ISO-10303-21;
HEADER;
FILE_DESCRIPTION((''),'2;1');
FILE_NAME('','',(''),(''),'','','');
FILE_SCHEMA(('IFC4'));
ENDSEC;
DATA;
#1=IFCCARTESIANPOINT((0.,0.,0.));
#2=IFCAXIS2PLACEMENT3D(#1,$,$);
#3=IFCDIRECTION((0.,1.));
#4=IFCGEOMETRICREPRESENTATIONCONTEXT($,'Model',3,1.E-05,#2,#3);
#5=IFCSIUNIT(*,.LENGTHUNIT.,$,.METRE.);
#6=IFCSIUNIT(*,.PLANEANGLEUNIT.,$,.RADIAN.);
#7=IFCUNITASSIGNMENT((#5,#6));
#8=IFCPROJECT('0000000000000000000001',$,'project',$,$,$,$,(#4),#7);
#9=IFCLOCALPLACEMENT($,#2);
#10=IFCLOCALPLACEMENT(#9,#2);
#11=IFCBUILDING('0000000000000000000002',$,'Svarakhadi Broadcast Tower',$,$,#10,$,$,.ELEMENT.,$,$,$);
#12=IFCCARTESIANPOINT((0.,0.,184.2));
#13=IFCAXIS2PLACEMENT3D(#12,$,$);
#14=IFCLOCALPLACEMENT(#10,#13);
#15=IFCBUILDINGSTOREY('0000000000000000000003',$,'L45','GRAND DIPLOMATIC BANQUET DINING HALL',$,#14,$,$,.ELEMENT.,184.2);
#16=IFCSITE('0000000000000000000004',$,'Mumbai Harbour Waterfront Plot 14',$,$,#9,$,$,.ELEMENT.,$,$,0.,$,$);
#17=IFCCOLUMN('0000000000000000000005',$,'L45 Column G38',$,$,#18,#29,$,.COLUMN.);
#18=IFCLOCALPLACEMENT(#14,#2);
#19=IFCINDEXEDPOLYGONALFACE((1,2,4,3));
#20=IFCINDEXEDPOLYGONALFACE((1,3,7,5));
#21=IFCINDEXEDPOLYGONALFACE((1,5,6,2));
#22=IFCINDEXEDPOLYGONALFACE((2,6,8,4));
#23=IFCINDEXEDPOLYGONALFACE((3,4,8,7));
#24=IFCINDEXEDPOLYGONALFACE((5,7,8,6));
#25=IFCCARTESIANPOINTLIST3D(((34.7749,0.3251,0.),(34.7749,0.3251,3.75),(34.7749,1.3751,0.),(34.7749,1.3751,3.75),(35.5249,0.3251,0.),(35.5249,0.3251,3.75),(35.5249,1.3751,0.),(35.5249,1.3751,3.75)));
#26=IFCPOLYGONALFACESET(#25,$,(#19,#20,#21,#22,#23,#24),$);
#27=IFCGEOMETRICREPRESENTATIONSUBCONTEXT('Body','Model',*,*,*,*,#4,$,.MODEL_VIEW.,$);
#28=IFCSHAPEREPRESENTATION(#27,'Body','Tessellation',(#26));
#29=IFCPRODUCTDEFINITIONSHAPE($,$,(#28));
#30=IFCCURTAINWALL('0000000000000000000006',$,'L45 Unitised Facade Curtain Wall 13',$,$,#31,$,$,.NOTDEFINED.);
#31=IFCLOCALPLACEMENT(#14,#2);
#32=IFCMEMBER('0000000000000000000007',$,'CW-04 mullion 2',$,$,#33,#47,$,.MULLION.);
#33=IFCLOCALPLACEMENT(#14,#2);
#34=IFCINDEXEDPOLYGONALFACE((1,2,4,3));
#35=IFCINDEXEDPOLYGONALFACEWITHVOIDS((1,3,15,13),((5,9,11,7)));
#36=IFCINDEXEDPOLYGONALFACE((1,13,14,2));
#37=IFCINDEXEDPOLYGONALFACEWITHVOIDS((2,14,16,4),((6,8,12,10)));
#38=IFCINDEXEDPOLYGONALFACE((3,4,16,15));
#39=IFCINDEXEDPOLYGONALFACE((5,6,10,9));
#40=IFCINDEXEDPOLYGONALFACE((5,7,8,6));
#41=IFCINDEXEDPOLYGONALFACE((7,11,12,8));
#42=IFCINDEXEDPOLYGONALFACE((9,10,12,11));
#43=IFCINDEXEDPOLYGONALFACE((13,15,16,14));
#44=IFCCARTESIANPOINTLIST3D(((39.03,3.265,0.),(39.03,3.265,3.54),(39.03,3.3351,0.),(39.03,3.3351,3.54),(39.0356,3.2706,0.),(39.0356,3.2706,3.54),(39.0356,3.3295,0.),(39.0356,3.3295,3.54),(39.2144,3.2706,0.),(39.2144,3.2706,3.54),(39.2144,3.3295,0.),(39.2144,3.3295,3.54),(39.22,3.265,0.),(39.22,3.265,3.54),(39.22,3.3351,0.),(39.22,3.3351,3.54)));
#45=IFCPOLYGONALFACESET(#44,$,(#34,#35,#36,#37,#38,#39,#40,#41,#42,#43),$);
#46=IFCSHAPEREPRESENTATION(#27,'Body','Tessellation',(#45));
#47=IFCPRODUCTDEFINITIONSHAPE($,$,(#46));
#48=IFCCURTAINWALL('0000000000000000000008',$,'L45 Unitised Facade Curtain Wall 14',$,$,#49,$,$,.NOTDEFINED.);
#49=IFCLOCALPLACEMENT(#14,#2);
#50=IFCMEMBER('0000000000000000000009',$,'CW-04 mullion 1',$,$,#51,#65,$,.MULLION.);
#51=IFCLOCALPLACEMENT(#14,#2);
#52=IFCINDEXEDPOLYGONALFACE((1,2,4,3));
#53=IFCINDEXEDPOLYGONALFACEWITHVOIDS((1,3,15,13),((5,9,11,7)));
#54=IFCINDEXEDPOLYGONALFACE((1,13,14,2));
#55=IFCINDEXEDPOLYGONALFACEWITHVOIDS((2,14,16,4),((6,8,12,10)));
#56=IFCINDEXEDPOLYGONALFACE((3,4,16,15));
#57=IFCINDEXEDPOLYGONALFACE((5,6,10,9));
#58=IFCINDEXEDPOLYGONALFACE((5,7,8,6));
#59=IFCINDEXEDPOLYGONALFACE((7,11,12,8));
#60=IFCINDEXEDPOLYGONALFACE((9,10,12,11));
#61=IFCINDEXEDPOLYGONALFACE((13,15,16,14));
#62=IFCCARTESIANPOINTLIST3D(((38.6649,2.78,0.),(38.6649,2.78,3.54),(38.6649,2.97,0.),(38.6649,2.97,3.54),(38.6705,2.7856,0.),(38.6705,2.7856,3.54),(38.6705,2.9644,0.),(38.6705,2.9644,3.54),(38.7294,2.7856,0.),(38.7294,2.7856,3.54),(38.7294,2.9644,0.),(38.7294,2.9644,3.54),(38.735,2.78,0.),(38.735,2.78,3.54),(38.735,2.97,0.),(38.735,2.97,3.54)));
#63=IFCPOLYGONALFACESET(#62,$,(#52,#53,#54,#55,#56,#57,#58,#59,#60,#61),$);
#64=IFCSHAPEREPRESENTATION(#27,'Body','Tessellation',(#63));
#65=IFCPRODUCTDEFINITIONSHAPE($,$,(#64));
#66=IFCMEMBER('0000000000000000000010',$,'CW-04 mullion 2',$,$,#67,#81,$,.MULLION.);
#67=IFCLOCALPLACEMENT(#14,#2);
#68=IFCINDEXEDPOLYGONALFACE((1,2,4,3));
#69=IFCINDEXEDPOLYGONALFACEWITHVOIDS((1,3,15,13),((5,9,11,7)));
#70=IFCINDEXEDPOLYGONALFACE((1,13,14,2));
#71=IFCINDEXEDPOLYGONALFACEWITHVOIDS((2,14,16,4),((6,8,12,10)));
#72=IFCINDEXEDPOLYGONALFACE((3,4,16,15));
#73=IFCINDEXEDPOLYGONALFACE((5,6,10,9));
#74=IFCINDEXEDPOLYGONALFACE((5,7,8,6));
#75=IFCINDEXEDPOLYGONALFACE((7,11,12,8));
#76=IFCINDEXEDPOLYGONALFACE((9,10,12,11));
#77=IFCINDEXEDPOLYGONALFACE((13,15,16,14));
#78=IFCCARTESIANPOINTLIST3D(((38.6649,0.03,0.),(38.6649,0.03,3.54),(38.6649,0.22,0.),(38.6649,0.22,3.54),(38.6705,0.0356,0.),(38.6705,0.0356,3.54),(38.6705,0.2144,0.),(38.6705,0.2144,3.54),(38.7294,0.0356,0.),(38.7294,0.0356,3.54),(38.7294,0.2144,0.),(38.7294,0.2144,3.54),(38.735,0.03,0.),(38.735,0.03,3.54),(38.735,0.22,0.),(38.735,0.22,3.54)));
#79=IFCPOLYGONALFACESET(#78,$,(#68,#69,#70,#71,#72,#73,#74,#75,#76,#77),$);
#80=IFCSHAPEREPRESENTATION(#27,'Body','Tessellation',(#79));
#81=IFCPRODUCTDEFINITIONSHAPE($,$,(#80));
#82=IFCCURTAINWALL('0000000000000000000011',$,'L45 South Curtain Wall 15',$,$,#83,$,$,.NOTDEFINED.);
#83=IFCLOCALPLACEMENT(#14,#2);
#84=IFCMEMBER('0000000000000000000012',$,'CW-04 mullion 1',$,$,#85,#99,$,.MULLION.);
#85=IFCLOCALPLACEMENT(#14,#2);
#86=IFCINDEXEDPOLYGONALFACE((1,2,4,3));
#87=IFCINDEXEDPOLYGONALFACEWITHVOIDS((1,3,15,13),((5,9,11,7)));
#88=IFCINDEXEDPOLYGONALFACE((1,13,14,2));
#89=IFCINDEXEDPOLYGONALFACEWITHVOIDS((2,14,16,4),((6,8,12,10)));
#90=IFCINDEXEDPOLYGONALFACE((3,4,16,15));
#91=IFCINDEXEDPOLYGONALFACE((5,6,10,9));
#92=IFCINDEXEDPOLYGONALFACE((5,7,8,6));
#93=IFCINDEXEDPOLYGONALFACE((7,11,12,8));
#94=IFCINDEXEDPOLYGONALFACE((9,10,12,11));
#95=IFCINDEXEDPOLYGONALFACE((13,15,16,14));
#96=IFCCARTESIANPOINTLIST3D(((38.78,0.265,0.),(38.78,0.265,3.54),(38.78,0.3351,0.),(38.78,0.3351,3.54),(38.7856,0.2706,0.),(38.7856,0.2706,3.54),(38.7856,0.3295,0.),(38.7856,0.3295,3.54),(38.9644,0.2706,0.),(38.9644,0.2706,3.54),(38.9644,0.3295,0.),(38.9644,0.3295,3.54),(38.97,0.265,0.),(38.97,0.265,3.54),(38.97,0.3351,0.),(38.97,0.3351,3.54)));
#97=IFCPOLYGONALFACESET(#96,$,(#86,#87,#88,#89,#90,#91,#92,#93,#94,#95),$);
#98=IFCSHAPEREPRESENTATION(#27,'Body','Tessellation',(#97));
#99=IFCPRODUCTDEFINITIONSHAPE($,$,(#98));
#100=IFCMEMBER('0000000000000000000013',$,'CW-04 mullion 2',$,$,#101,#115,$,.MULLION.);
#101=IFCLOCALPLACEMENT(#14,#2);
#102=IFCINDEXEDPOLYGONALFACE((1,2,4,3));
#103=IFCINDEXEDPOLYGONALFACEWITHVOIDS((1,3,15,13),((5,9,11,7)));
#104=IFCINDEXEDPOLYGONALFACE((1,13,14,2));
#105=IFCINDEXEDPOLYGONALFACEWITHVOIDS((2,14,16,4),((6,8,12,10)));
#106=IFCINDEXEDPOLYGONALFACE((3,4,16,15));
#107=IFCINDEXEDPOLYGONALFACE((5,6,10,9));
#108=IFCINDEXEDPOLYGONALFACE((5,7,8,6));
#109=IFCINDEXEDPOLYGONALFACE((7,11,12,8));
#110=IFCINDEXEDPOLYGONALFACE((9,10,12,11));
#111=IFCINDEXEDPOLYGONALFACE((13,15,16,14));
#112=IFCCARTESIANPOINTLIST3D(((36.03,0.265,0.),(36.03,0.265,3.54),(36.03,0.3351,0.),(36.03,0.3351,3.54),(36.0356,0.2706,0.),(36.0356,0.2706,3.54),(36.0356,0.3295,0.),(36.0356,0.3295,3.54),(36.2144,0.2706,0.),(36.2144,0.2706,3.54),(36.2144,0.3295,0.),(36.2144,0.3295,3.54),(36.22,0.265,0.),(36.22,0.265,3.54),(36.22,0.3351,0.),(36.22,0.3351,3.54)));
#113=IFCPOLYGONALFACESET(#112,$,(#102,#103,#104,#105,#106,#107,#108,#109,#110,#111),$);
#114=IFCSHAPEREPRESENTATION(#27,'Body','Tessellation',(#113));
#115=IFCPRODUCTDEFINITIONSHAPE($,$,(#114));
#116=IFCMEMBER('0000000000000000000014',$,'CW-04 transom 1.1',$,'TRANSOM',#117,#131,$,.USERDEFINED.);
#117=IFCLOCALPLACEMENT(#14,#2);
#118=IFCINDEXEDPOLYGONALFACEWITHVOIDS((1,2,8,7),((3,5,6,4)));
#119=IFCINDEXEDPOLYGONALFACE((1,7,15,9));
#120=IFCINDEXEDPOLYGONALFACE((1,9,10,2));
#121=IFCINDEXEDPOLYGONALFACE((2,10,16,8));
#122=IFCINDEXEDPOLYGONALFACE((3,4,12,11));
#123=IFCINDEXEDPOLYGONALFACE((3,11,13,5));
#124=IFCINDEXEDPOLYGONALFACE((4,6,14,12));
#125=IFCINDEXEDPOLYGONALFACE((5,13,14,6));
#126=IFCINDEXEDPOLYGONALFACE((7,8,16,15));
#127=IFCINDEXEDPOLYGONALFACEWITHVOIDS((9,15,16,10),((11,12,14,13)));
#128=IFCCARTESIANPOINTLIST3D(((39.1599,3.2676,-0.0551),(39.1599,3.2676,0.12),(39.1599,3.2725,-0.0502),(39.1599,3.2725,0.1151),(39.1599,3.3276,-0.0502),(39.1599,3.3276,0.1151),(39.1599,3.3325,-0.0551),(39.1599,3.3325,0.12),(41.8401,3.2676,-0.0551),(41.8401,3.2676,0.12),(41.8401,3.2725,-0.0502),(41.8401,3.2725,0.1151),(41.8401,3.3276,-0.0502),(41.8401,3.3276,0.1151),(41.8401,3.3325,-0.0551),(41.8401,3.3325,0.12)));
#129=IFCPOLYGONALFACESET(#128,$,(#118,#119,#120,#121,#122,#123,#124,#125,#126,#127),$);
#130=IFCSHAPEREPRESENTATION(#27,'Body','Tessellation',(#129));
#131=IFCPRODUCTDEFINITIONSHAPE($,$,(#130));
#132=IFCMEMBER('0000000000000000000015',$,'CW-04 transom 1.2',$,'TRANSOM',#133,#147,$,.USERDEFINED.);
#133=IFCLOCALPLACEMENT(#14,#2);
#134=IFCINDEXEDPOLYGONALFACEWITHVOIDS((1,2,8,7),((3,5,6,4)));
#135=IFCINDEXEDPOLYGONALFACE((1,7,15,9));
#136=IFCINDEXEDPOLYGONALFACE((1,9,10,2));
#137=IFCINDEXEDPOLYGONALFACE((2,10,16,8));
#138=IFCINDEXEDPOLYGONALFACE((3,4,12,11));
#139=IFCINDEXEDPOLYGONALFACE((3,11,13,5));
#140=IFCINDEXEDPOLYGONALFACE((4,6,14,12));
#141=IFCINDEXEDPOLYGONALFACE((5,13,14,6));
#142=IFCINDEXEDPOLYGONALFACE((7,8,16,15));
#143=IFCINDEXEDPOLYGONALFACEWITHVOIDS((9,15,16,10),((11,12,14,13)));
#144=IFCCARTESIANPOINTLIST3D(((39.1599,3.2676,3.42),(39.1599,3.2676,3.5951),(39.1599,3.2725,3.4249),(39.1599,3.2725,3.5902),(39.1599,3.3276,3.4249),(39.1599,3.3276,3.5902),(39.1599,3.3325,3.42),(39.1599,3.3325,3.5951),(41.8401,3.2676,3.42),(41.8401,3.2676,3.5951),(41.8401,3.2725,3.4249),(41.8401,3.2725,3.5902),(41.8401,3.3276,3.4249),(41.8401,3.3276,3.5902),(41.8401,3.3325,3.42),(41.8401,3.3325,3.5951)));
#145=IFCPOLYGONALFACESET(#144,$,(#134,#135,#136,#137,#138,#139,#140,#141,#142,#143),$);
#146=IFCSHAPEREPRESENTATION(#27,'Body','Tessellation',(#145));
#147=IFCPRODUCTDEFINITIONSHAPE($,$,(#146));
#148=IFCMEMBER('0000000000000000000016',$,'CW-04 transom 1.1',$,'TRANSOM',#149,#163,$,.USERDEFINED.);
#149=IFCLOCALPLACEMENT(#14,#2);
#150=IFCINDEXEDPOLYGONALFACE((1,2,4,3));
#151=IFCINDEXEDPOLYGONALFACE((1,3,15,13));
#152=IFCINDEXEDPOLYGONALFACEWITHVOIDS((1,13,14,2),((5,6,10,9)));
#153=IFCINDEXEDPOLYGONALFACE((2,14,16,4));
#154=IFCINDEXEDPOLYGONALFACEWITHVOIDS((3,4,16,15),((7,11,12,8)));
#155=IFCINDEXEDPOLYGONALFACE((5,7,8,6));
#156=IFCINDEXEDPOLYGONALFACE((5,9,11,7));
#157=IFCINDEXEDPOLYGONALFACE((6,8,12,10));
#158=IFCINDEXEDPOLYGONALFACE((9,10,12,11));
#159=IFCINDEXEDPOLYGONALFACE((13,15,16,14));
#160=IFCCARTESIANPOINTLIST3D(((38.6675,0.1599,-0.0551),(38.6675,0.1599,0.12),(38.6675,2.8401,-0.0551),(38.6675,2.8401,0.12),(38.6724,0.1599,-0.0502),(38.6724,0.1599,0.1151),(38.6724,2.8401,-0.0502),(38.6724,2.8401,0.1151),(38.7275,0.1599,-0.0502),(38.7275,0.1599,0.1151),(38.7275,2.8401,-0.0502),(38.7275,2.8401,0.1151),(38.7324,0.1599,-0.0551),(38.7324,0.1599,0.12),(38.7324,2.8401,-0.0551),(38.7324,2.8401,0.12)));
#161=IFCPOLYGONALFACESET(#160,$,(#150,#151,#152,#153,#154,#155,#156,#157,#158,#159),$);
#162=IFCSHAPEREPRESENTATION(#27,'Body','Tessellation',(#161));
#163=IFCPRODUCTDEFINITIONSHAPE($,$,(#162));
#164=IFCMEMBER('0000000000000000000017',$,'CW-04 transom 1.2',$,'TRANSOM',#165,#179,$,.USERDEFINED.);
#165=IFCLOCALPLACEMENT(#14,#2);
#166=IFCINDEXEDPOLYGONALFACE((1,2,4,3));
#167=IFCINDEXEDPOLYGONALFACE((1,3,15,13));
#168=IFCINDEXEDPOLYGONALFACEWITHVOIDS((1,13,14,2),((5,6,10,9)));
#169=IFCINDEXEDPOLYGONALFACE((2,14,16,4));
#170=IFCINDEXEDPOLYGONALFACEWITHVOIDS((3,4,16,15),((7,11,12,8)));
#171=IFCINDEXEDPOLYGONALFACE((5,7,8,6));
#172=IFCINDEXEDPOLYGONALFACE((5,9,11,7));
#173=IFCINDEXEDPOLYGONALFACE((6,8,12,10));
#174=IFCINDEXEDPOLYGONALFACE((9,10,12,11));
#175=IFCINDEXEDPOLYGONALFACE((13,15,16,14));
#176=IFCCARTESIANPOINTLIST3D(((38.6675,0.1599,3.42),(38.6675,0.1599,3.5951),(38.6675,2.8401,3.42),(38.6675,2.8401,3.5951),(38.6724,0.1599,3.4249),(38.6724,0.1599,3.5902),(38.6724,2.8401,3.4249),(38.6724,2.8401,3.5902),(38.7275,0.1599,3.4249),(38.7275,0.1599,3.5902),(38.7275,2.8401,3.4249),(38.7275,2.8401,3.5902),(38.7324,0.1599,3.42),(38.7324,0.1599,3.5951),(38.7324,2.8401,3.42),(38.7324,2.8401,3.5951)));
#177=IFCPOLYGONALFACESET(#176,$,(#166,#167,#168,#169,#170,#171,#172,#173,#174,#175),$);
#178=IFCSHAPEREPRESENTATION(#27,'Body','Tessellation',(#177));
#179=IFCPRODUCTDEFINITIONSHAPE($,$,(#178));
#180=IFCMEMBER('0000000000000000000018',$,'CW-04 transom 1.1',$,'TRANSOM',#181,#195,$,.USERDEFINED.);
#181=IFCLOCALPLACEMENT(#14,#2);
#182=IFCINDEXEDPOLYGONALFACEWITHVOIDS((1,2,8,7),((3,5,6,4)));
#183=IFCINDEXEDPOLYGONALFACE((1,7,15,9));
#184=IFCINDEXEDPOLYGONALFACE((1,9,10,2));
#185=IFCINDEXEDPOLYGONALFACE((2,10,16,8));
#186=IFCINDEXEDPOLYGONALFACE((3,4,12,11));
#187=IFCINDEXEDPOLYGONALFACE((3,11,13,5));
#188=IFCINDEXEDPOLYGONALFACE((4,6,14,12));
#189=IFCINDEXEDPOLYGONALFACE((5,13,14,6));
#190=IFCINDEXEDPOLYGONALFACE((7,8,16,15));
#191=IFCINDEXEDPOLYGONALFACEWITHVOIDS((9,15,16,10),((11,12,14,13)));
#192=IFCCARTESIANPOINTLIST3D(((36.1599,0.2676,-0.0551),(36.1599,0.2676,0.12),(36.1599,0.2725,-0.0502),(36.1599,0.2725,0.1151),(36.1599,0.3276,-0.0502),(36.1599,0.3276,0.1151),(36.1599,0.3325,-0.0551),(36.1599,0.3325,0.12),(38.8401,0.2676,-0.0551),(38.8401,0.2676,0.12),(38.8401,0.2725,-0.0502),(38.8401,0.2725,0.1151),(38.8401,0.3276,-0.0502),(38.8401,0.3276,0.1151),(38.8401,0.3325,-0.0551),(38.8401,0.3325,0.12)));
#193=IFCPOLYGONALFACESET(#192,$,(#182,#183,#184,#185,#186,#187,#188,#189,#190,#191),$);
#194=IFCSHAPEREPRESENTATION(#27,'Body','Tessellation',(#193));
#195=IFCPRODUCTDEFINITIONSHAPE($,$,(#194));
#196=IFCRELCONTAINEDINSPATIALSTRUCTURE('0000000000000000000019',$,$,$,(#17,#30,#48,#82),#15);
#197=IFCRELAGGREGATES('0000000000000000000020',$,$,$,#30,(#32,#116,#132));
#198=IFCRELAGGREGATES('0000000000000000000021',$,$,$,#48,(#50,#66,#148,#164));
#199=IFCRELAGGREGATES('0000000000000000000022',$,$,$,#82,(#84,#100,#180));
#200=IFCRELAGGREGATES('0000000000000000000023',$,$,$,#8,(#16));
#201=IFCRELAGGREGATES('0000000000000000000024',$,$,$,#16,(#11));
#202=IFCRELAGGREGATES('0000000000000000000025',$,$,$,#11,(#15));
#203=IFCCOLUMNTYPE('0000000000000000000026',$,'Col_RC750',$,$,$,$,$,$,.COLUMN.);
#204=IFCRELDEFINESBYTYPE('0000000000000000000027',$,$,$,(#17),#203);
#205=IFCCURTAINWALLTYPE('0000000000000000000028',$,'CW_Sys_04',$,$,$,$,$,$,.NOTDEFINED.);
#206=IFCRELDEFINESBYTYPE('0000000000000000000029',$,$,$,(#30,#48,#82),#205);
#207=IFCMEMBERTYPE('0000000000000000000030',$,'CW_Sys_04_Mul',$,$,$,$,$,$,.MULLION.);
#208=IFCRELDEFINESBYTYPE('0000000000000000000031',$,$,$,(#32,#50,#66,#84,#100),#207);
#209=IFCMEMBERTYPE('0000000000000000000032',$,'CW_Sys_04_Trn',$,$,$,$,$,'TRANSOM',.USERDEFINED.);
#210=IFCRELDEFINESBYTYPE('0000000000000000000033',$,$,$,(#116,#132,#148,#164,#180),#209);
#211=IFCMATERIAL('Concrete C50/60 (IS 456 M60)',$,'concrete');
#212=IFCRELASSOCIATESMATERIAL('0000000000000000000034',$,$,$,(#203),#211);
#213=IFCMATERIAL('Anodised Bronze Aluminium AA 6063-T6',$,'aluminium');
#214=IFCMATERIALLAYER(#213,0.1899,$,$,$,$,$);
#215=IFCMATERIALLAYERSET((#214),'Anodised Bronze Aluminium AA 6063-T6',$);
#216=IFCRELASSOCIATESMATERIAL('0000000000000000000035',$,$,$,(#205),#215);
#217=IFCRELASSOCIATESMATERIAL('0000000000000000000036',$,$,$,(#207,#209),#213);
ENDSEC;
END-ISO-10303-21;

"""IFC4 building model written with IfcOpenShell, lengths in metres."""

from ifc_helpers import new_model, si_unit, direction, frame, origin, origin_2d, place, context, subcontext, project, spatial, rectangle, hollow_rectangle, extrude, material, layer, layer_set, material_profile, profile_set, type_object, element, aggregate, save


model = new_model("IFC4")

# Units and contexts
model_context = context("Model", 3, precision=1e-05, world=origin(), true_north=direction((0.0, 1.0)))
body_context = subcontext(model_context, "Body", "Model", "MODEL_VIEW")
ifc_project = project(units=[si_unit("LENGTHUNIT", "METRE"), si_unit("PLANEANGLEUNIT", "RADIAN")], contexts=[model_context])

# Site, building, storey
site_placement = place(None, origin())
site = spatial("IfcSite", under=ifc_project, at=site_placement, Name="Mumbai Harbour Waterfront Plot 14", CompositionType="ELEMENT", RefElevation=0.0)
building_placement = place(site_placement, origin())
building = spatial("IfcBuilding", under=site, at=building_placement, Name="Svarakhadi Broadcast Tower", CompositionType="ELEMENT")
storey_placement = place(building_placement, frame((0.0, 0.0, 184.2)))
storey = spatial("IfcBuildingStorey", under=building, at=storey_placement, Name="L45", Description="GRAND DIPLOMATIC BANQUET DINING HALL", CompositionType="ELEMENT", Elevation=184.2)

# Column
ifc_material_1 = material(Name="Concrete C50/60 (IS 456 M60)", Category="concrete")
ifc_material_profile_1 = material_profile(ifc_material_1, rectangle(XDim=0.75, YDim=1.05, at=origin_2d()), Name="RC 750x1050")
ifc_profile_set_1 = profile_set([ifc_material_profile_1], Name="Concrete C50/60 (IS 456 M60)")
column_type = type_object("IfcColumnType", Name="Col_RC750", PredefinedType="COLUMN", material=ifc_profile_set_1)
column_placement = place(storey_placement, frame((35.1499, 0.8501, 0.0), z_axis=(0.0, 0.0, 1.0), x_axis=(1.0, 0.0, 0.0)))
element("IfcColumn", 1, at=column_placement, inside=storey, type_object=column_type, Name="L45 Column G38", PredefinedType="COLUMN", context=body_context, shape_type="SweptSolid", body=[
    extrude(rectangle(XDim=0.75, YDim=1.05, at=origin_2d()), origin(), (0.0, 0.0, 1.0), 3.75),
])

# Curtain wall, member
ifc_material_2 = material(Name="Anodised Bronze Aluminium AA 6063-T6", Category="aluminium")
ifc_layer_1 = layer(ifc_material_2, 0.1899)
ifc_layer_set_1 = layer_set([ifc_layer_1], Name="Anodised Bronze Aluminium AA 6063-T6")
curtain_wall_type = type_object("IfcCurtainWallType", Name="CW_Sys_04", PredefinedType="NOTDEFINED", material=ifc_layer_set_1)
curtain_wall_1_placement = place(storey_placement, origin())
curtain_wall_1 = element("IfcCurtainWall", 2, at=curtain_wall_1_placement, inside=storey, type_object=curtain_wall_type, Name="L45 Unitised Facade Curtain Wall 13", PredefinedType="NOTDEFINED")
ifc_material_profile_2 = material_profile(ifc_material_2, hollow_rectangle(XDim=0.0701, YDim=0.1899, WallThickness=0.0056, at=origin_2d()), Name="ALU MULLION 190x70x6")
ifc_profile_set_2 = profile_set([ifc_material_profile_2], Name="Anodised Bronze Aluminium AA 6063-T6")
member_type_1 = type_object("IfcMemberType", Name="CW_Sys_04_Mul", PredefinedType="MULLION", material=ifc_profile_set_2)
member_1_placement = place(storey_placement, frame((39.125, 3.3, 0.0), z_axis=(0.0, 0.0, 1.0), x_axis=(0.0, -1.0, 0.0)))
member_1 = element("IfcMember", 3, at=member_1_placement, type_object=member_type_1, Name="CW-04 mullion 2", PredefinedType="MULLION", context=body_context, shape_type="SweptSolid", body=[
    extrude(hollow_rectangle(XDim=0.0701, YDim=0.1899, WallThickness=0.0056, at=origin_2d()), origin(), (0.0, 0.0, 1.0), 3.54),
])

# Curtain walls, members
curtain_wall_2_placement = place(storey_placement, origin())
curtain_wall_2 = element("IfcCurtainWall", 4, at=curtain_wall_2_placement, inside=storey, type_object=curtain_wall_type, Name="L45 Unitised Facade Curtain Wall 14", PredefinedType="NOTDEFINED")
member_2_placement = place(storey_placement, frame((38.7, 2.875, 0.0), z_axis=(0.0, 0.0, 1.0), x_axis=(1.0, 0.0, 0.0)))
member_2 = element("IfcMember", 5, at=member_2_placement, type_object=member_type_1, Name="CW-04 mullion 1", PredefinedType="MULLION", context=body_context, shape_type="SweptSolid", body=[
    extrude(hollow_rectangle(XDim=0.0701, YDim=0.1899, WallThickness=0.0056, at=origin_2d()), origin(), (0.0, 0.0, 1.0), 3.54),
])
member_3_placement = place(storey_placement, frame((38.7, 0.125, 0.0), z_axis=(0.0, 0.0, 1.0), x_axis=(1.0, 0.0, 0.0)))
member_3 = element("IfcMember", 6, at=member_3_placement, type_object=member_type_1, Name="CW-04 mullion 2", PredefinedType="MULLION", context=body_context, shape_type="SweptSolid", body=[
    extrude(hollow_rectangle(XDim=0.0701, YDim=0.1899, WallThickness=0.0056, at=origin_2d()), origin(), (0.0, 0.0, 1.0), 3.54),
])
curtain_wall_3_placement = place(storey_placement, origin())
curtain_wall_3 = element("IfcCurtainWall", 7, at=curtain_wall_3_placement, inside=storey, type_object=curtain_wall_type, Name="L45 South Curtain Wall 15", PredefinedType="NOTDEFINED")
member_4_placement = place(storey_placement, frame((38.875, 0.3, 0.0), z_axis=(0.0, 0.0, 1.0), x_axis=(0.0, -1.0, 0.0)))
member_4 = element("IfcMember", 8, at=member_4_placement, type_object=member_type_1, Name="CW-04 mullion 1", PredefinedType="MULLION", context=body_context, shape_type="SweptSolid", body=[
    extrude(hollow_rectangle(XDim=0.0701, YDim=0.1899, WallThickness=0.0056, at=origin_2d()), origin(), (0.0, 0.0, 1.0), 3.54),
])
member_5_placement = place(storey_placement, frame((36.125, 0.3, 0.0), z_axis=(0.0, 0.0, 1.0), x_axis=(0.0, -1.0, 0.0)))
member_5 = element("IfcMember", 9, at=member_5_placement, type_object=member_type_1, Name="CW-04 mullion 2", PredefinedType="MULLION", context=body_context, shape_type="SweptSolid", body=[
    extrude(hollow_rectangle(XDim=0.0701, YDim=0.1899, WallThickness=0.0056, at=origin_2d()), origin(), (0.0, 0.0, 1.0), 3.54),
])

# Members
ifc_material_profile_3 = material_profile(ifc_material_2, hollow_rectangle(XDim=0.0649, YDim=0.175, WallThickness=0.0049, at=origin_2d()), Name="ALU TRANSOM 175x65x5")
ifc_profile_set_3 = profile_set([ifc_material_profile_3], Name="Anodised Bronze Aluminium AA 6063-T6")
member_type_2 = type_object("IfcMemberType", Name="CW_Sys_04_Trn", ElementType="TRANSOM", PredefinedType="USERDEFINED", material=ifc_profile_set_3)
member_6_placement = place(storey_placement, frame((41.8401, 3.3, 0.0325), z_axis=(-1.0, 0.0, 0.0), x_axis=(0.0, -1.0, 0.0)))
member_6 = element("IfcMember", 10, at=member_6_placement, type_object=member_type_2, Name="CW-04 transom 1.1", ObjectType="TRANSOM", PredefinedType="USERDEFINED", context=body_context, shape_type="SweptSolid", body=[
    extrude(hollow_rectangle(XDim=0.0649, YDim=0.175, WallThickness=0.0049, at=origin_2d()), origin(), (0.0, 0.0, 1.0), 2.6802),
])
member_7_placement = place(storey_placement, frame((41.8401, 3.3, 3.5076), z_axis=(-1.0, 0.0, 0.0), x_axis=(0.0, -1.0, 0.0)))
member_7 = element("IfcMember", 11, at=member_7_placement, type_object=member_type_2, Name="CW-04 transom 1.2", ObjectType="TRANSOM", PredefinedType="USERDEFINED", context=body_context, shape_type="SweptSolid", body=[
    extrude(hollow_rectangle(XDim=0.0649, YDim=0.175, WallThickness=0.0049, at=origin_2d()), origin(), (0.0, 0.0, 1.0), 2.6802),
])
member_8_placement = place(storey_placement, frame((38.7, 2.8401, 0.0325), z_axis=(0.0, -1.0, 0.0), x_axis=(1.0, 0.0, 0.0)))
member_8 = element("IfcMember", 12, at=member_8_placement, type_object=member_type_2, Name="CW-04 transom 1.1", ObjectType="TRANSOM", PredefinedType="USERDEFINED", context=body_context, shape_type="SweptSolid", body=[
    extrude(hollow_rectangle(XDim=0.0649, YDim=0.175, WallThickness=0.0049, at=origin_2d()), origin(), (0.0, 0.0, 1.0), 2.6802),
])
member_9_placement = place(storey_placement, frame((38.7, 2.8401, 3.5076), z_axis=(0.0, -1.0, 0.0), x_axis=(1.0, 0.0, 0.0)))
member_9 = element("IfcMember", 13, at=member_9_placement, type_object=member_type_2, Name="CW-04 transom 1.2", ObjectType="TRANSOM", PredefinedType="USERDEFINED", context=body_context, shape_type="SweptSolid", body=[
    extrude(hollow_rectangle(XDim=0.0649, YDim=0.175, WallThickness=0.0049, at=origin_2d()), origin(), (0.0, 0.0, 1.0), 2.6802),
])
member_10_placement = place(storey_placement, frame((38.8401, 0.3, 0.0325), z_axis=(-1.0, 0.0, 0.0), x_axis=(0.0, -1.0, 0.0)))
member_10 = element("IfcMember", 14, at=member_10_placement, type_object=member_type_2, Name="CW-04 transom 1.1", ObjectType="TRANSOM", PredefinedType="USERDEFINED", context=body_context, shape_type="SweptSolid", body=[
    extrude(hollow_rectangle(XDim=0.0649, YDim=0.175, WallThickness=0.0049, at=origin_2d()), origin(), (0.0, 0.0, 1.0), 2.6802),
])

aggregate(curtain_wall_1, [member_1, member_6, member_7])
aggregate(curtain_wall_2, [member_2, member_3, member_8, member_9])
aggregate(curtain_wall_3, [member_4, member_5, member_10])

save(model, "model.ifc")
